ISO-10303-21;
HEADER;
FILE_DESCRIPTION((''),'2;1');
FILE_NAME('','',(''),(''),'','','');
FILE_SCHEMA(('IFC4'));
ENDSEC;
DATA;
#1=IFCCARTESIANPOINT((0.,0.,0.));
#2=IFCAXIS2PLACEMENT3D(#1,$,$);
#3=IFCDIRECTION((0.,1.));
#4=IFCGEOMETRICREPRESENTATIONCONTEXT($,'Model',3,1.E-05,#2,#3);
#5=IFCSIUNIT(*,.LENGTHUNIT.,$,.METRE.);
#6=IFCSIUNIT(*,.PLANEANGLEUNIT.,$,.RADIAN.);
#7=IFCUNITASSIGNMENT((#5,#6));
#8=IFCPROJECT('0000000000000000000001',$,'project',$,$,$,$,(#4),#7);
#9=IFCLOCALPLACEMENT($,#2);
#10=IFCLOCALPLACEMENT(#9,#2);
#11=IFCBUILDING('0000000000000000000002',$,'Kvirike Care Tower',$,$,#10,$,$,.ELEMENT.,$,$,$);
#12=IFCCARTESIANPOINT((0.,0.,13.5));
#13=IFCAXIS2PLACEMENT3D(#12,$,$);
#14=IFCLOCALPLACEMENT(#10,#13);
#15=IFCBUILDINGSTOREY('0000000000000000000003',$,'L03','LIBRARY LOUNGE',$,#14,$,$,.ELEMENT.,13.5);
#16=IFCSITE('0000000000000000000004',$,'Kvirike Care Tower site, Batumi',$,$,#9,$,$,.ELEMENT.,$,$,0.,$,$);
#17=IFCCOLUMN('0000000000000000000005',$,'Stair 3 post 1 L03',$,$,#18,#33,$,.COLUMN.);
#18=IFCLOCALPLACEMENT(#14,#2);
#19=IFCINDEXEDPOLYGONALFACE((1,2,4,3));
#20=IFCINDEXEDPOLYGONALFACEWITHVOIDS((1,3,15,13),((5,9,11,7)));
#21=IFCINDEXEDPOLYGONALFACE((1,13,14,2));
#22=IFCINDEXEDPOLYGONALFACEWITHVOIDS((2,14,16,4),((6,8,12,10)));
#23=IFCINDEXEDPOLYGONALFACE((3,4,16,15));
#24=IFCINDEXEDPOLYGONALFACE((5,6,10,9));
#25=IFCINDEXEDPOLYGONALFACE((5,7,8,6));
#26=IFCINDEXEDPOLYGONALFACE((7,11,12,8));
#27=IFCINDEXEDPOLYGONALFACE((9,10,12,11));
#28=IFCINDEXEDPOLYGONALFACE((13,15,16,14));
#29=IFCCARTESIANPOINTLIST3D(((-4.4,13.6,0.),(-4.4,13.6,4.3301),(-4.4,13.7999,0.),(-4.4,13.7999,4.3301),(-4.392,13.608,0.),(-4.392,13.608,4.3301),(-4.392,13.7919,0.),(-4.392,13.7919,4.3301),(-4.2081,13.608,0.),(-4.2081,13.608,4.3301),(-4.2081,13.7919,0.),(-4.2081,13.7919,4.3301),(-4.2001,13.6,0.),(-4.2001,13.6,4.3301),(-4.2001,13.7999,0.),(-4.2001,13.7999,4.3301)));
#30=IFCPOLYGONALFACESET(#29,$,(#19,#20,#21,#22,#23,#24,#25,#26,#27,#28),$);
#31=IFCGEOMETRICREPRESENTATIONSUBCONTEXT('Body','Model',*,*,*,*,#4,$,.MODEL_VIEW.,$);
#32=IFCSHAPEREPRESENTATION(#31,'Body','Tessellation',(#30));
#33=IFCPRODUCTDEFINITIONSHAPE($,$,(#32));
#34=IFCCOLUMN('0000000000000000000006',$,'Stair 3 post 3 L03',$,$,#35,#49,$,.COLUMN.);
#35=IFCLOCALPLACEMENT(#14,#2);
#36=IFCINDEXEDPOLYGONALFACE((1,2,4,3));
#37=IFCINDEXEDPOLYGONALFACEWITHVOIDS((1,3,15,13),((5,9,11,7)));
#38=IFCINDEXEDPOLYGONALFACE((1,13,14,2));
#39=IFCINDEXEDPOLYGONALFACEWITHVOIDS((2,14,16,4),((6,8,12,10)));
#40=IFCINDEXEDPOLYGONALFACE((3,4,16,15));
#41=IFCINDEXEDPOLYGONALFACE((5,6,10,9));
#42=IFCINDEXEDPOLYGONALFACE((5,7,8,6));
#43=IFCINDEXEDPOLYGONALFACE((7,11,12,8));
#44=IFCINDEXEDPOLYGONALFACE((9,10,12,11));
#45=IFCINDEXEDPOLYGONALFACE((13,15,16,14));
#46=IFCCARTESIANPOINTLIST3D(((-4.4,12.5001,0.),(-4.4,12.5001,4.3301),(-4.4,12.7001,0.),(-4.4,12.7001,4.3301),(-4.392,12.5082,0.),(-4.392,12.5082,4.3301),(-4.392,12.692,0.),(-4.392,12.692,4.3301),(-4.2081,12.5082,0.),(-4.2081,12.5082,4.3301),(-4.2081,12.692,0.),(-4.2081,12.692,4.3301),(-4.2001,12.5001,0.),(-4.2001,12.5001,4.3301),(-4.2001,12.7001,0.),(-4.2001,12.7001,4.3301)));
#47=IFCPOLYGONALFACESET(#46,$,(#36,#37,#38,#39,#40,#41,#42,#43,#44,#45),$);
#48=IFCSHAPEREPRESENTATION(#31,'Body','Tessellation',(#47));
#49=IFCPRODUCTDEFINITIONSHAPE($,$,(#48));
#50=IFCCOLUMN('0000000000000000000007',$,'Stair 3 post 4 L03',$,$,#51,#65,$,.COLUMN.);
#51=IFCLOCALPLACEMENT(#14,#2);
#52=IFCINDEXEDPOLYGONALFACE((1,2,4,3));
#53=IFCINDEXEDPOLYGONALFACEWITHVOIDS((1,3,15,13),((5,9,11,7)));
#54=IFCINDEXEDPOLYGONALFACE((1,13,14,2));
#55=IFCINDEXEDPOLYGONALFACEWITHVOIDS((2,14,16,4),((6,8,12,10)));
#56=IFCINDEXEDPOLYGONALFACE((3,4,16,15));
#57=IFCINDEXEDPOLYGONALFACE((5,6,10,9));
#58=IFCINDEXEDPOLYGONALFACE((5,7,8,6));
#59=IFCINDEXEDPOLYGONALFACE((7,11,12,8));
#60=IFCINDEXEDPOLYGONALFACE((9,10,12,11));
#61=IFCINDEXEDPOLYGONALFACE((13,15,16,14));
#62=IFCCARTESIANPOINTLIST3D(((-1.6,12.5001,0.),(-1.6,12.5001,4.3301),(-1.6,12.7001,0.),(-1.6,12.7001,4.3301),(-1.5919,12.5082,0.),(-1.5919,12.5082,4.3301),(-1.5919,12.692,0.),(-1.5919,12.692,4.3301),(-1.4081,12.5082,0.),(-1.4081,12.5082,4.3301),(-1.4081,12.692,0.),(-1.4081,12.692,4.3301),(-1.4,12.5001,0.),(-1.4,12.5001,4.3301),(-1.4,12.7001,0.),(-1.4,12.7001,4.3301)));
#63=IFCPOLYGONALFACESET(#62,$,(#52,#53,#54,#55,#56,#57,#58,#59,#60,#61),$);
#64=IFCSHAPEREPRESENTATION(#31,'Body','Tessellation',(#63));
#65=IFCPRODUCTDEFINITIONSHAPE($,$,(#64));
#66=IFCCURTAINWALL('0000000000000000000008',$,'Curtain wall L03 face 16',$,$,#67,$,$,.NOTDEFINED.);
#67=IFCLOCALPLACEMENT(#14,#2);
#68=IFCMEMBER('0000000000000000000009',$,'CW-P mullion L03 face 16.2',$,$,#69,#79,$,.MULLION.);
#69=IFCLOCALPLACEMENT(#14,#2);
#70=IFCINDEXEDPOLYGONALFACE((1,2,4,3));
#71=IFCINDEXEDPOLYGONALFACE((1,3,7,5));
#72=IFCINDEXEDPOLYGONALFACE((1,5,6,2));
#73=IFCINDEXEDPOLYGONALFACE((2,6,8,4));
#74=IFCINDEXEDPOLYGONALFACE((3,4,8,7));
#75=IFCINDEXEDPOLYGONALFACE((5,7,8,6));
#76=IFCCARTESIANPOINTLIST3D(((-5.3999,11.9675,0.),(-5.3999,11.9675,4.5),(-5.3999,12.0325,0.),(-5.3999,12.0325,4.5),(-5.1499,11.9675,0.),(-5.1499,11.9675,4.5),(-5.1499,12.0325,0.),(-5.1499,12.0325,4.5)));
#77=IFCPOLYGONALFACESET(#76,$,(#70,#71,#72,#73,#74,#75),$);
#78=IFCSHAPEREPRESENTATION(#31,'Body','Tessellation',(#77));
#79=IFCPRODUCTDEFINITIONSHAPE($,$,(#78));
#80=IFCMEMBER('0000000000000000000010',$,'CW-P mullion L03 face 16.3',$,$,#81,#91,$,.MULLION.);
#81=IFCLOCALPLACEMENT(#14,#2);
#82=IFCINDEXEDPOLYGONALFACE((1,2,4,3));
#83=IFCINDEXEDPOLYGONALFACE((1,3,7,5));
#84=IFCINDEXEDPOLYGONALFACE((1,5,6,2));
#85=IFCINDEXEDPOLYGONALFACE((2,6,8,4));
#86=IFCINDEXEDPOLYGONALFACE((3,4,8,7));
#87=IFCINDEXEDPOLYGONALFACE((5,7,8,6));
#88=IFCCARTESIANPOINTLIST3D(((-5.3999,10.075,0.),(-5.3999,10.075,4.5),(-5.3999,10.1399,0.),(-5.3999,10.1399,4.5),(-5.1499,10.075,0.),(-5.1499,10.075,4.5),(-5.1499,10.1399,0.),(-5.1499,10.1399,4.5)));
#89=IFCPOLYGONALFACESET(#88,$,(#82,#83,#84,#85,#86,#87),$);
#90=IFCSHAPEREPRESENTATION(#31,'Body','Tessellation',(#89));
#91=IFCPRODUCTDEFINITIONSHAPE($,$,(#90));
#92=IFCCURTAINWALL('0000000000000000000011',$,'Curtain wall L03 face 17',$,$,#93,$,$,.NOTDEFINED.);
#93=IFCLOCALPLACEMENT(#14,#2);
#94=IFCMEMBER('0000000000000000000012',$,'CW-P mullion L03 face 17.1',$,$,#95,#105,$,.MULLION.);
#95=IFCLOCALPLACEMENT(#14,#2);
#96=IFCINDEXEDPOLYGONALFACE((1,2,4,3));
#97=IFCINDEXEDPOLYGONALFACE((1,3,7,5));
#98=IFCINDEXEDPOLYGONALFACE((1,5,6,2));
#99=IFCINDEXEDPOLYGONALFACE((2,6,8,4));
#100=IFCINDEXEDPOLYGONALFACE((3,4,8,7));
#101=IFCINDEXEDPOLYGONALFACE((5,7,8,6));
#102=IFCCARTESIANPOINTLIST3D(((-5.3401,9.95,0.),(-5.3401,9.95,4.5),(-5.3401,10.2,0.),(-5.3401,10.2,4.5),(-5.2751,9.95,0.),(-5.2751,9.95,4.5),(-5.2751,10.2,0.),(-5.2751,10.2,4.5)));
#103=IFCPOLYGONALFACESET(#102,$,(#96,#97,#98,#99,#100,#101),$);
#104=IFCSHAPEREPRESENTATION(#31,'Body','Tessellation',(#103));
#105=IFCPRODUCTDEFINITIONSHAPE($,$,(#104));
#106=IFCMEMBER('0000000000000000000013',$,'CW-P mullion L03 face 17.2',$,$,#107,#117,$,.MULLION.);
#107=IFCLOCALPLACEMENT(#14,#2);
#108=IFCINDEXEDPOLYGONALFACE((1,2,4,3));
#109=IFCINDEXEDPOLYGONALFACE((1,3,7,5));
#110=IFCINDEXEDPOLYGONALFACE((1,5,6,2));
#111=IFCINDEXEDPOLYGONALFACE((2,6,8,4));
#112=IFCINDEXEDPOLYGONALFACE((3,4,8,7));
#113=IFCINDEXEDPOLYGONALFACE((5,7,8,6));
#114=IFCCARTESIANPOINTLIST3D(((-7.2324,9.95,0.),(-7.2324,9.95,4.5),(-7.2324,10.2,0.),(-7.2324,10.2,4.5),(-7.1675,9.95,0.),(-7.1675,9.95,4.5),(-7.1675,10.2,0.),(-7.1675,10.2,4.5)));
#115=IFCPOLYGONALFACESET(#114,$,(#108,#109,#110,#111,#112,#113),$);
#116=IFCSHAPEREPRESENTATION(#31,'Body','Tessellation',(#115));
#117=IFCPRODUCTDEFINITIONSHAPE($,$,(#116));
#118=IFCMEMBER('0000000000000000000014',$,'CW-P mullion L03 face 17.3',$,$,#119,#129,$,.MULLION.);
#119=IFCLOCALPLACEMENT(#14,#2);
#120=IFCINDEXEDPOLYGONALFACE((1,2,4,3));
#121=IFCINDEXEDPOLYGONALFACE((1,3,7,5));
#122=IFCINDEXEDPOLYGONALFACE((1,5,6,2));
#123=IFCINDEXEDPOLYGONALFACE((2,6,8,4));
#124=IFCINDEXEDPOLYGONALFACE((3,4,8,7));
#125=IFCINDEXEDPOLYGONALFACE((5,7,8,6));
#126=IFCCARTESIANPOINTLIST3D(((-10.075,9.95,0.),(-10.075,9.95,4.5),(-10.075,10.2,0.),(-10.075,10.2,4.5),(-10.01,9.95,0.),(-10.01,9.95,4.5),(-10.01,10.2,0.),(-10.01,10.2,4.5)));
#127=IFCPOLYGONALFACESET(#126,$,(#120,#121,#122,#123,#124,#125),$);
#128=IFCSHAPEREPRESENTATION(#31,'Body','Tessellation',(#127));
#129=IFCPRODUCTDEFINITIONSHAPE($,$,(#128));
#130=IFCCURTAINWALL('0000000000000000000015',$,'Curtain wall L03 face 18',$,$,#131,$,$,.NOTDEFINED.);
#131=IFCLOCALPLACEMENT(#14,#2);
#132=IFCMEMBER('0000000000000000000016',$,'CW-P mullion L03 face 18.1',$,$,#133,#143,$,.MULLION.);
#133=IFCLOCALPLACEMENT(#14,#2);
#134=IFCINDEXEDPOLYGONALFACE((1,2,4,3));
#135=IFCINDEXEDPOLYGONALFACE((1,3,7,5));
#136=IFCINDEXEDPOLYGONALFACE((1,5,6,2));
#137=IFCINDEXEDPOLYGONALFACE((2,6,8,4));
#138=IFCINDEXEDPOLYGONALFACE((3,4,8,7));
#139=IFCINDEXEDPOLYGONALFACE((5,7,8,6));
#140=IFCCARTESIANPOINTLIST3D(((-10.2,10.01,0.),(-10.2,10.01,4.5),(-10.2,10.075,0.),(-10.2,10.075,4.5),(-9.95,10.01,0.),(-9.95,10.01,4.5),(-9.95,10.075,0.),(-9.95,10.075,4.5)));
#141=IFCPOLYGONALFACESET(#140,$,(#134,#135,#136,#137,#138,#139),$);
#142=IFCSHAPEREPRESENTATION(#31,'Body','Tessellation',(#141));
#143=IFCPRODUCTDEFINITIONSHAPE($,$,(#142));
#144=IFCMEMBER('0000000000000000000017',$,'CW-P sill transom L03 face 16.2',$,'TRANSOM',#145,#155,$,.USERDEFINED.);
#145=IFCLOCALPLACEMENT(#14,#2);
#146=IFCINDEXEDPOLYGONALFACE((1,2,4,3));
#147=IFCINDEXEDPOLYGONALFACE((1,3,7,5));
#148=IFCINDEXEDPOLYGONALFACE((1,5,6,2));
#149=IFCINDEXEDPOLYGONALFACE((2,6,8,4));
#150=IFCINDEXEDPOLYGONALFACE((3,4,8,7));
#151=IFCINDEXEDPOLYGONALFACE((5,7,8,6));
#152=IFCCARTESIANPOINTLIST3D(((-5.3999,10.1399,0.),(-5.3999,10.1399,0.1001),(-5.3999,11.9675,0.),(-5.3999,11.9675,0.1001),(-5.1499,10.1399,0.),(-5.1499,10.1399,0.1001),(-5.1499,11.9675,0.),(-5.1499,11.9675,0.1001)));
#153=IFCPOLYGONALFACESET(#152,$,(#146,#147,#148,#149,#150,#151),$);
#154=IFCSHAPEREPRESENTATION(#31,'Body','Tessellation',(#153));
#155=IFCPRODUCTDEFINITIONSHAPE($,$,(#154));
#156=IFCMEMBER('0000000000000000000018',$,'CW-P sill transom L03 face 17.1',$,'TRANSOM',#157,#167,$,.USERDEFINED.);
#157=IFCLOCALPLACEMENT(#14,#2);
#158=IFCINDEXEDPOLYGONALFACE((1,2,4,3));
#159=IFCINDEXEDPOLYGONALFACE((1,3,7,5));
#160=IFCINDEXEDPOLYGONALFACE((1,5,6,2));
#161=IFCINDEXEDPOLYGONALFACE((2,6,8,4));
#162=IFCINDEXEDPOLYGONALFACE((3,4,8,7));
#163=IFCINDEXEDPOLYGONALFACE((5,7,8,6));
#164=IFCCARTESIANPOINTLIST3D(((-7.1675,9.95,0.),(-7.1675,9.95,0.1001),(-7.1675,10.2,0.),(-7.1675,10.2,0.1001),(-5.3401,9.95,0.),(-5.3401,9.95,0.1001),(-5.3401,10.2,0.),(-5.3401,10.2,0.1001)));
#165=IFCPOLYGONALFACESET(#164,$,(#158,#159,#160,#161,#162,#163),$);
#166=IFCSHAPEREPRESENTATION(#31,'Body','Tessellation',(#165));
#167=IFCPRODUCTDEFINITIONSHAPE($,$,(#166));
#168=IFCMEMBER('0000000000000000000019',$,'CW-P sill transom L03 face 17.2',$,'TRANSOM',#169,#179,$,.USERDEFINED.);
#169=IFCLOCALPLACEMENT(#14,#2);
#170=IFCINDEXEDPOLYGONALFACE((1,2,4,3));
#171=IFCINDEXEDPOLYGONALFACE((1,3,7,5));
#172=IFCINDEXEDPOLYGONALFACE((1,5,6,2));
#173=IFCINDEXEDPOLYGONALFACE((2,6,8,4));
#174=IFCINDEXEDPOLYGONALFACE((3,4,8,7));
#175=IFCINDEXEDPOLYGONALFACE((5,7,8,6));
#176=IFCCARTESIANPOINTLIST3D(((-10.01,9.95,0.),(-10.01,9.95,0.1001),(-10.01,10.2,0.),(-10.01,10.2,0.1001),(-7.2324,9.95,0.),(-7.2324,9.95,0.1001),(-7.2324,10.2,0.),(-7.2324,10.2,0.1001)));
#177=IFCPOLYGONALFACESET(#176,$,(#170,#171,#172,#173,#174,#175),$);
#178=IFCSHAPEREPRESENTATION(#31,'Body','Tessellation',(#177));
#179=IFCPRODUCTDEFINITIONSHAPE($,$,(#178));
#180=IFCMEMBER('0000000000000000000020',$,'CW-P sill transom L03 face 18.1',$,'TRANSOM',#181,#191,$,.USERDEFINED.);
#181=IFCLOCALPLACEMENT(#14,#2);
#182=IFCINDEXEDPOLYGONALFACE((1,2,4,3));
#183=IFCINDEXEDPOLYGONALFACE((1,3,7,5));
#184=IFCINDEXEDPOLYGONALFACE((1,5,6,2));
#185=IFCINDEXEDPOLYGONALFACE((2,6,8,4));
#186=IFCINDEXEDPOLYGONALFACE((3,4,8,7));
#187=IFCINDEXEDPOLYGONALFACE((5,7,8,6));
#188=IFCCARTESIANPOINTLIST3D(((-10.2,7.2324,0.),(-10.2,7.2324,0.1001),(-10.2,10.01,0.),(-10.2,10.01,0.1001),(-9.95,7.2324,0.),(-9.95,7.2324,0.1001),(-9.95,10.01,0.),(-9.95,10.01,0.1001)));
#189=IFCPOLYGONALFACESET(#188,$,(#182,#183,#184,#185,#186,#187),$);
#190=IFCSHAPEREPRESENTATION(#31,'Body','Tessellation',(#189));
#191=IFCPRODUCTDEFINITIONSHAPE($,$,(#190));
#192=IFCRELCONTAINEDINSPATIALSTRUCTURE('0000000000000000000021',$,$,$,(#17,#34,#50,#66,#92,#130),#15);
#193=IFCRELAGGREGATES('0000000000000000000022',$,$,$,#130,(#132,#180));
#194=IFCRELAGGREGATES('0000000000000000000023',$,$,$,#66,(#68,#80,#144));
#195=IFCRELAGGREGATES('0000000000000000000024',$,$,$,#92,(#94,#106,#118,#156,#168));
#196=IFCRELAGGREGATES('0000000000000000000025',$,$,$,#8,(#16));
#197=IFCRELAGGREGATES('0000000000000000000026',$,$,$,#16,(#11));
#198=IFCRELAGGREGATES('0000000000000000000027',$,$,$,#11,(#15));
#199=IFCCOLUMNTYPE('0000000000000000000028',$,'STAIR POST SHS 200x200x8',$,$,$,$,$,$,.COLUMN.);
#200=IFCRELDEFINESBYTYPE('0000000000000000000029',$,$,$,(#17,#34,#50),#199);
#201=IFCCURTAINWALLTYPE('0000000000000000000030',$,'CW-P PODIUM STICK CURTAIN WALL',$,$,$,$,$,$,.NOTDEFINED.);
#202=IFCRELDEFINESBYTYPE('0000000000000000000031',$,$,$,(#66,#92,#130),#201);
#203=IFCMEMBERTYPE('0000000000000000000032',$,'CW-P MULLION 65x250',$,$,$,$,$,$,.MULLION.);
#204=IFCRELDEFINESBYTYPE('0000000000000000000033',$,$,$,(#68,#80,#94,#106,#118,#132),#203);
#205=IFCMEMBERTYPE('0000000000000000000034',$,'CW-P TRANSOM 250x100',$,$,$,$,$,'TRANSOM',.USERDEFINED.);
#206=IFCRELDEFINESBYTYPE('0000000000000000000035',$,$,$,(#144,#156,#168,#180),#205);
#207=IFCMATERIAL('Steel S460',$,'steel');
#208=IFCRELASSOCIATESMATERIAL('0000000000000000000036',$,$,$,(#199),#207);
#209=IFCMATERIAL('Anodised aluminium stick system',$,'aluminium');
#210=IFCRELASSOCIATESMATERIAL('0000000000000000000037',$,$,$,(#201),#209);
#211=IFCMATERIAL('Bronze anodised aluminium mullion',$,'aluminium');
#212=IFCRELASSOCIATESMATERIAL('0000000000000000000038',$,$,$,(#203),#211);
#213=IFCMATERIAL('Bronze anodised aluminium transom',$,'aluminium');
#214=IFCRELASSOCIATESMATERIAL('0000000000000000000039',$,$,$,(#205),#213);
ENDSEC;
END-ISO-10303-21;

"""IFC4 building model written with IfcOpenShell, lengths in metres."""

from ifc_helpers import new_model, si_unit, direction, frame, origin, origin_2d, place, context, subcontext, project, spatial, rectangle, hollow_rectangle, extrude, material, material_profile, profile_set, type_object, element, aggregate, save


model = new_model("IFC4")

# Units and contexts
model_context = context("Model", 3, precision=1e-05, world=origin(), true_north=direction((0.0, 1.0)))
body_context = subcontext(model_context, "Body", "Model", "MODEL_VIEW")
ifc_project = project(units=[si_unit("LENGTHUNIT", "METRE"), si_unit("PLANEANGLEUNIT", "RADIAN")], contexts=[model_context])

# Site, building, storey
site_placement = place(None, origin())
site = spatial("IfcSite", under=ifc_project, at=site_placement, Name="Kvirike Care Tower site, Batumi", CompositionType="ELEMENT", RefElevation=0.0)
building_placement = place(site_placement, origin())
building = spatial("IfcBuilding", under=site, at=building_placement, Name="Kvirike Care Tower", CompositionType="ELEMENT")
storey_placement = place(building_placement, frame((0.0, 0.0, 13.5)))
storey = spatial("IfcBuildingStorey", under=building, at=storey_placement, Name="L03", Description="LIBRARY LOUNGE", CompositionType="ELEMENT", Elevation=13.5)

# Columns
ifc_material_1 = material(Name="Steel S460", Category="steel")
ifc_material_profile_1 = material_profile(ifc_material_1, hollow_rectangle(XDim=0.2, YDim=0.2, WallThickness=0.0081, at=origin_2d()), Name="SHS 200x200x8")
ifc_profile_set_1 = profile_set([ifc_material_profile_1], Name="Steel S460")
column_type = type_object("IfcColumnType", Name="STAIR POST SHS 200x200x8", PredefinedType="COLUMN", material=ifc_profile_set_1)
for number, where, z_axis, x_axis, name in (
    (1, (-4.3, 13.7, 0.0), (0.0, 0.0, 1.0), (1.0, 0.0, 0.0), "Stair 3 post 1 L03"),
    (2, (-4.3, 12.6001, 0.0), (0.0, 0.0, 1.0), (1.0, 0.0, 0.0), "Stair 3 post 3 L03"),
    (3, (-1.5, 12.6001, 0.0), (0.0, 0.0, 1.0), (1.0, 0.0, 0.0), "Stair 3 post 4 L03"),
):
    element("IfcColumn", number, at=place(storey_placement, frame(where, z_axis=z_axis, x_axis=x_axis)), inside=storey, type_object=column_type, Name=name, PredefinedType="COLUMN", context=body_context, shape_type="SweptSolid", body=[
        extrude(hollow_rectangle(XDim=0.2, YDim=0.2, WallThickness=0.0081, at=origin_2d()), origin(), (0.0, 0.0, 1.0), 4.3301),
    ])

# Curtain walls, members
ifc_material_2 = material(Name="Anodised aluminium stick system", Category="aluminium")
curtain_wall_type = type_object("IfcCurtainWallType", Name="CW-P PODIUM STICK CURTAIN WALL", PredefinedType="NOTDEFINED", material=ifc_material_2)
curtain_wall_1_placement = place(storey_placement, origin())
curtain_wall_1 = element("IfcCurtainWall", 4, at=curtain_wall_1_placement, inside=storey, type_object=curtain_wall_type, Name="Curtain wall L03 face 16", PredefinedType="NOTDEFINED")
ifc_material_3 = material(Name="Bronze anodised aluminium mullion", Category="aluminium")
ifc_material_profile_2 = material_profile(ifc_material_3, rectangle(XDim=0.0649, YDim=0.25, at=origin_2d()), Name="CW-P MULLION 65x250")
ifc_profile_set_2 = profile_set([ifc_material_profile_2], Name="Bronze anodised aluminium mullion")
member_type_1 = type_object("IfcMemberType", Name="CW-P MULLION 65x250", PredefinedType="MULLION", material=ifc_profile_set_2)
member_1_placement = place(storey_placement, frame((-5.2749, 12.0, 0.0), z_axis=(0.0, 0.0, 1.0), x_axis=(0.0, -1.0, 0.0)))
member_1 = element("IfcMember", 5, at=member_1_placement, type_object=member_type_1, Name="CW-P mullion L03 face 16.2", PredefinedType="MULLION", context=body_context, shape_type="SweptSolid", body=[
    extrude(rectangle(XDim=0.0649, YDim=0.25, at=origin_2d()), origin(), (0.0, 0.0, 1.0), 4.5),
])
member_2_placement = place(storey_placement, frame((-5.2749, 10.1074, 0.0), z_axis=(0.0, 0.0, 1.0), x_axis=(0.0, -1.0, 0.0)))
member_2 = element("IfcMember", 6, at=member_2_placement, type_object=member_type_1, Name="CW-P mullion L03 face 16.3", PredefinedType="MULLION", context=body_context, shape_type="SweptSolid", body=[
    extrude(rectangle(XDim=0.0649, YDim=0.25, at=origin_2d()), origin(), (0.0, 0.0, 1.0), 4.5),
])
curtain_wall_2_placement = place(storey_placement, origin())
curtain_wall_2 = element("IfcCurtainWall", 7, at=curtain_wall_2_placement, inside=storey, type_object=curtain_wall_type, Name="Curtain wall L03 face 17", PredefinedType="NOTDEFINED")
member_3_placement = place(storey_placement, frame((-5.3076, 10.075, 0.0), z_axis=(0.0, 0.0, 1.0), x_axis=(-1.0, 0.0, 0.0)))
member_3 = element("IfcMember", 8, at=member_3_placement, type_object=member_type_1, Name="CW-P mullion L03 face 17.1", PredefinedType="MULLION", context=body_context, shape_type="SweptSolid", body=[
    extrude(rectangle(XDim=0.0649, YDim=0.25, at=origin_2d()), origin(), (0.0, 0.0, 1.0), 4.5),
])
member_4_placement = place(storey_placement, frame((-7.2, 10.075, 0.0), z_axis=(0.0, 0.0, 1.0), x_axis=(-1.0, 0.0, 0.0)))
member_4 = element("IfcMember", 9, at=member_4_placement, type_object=member_type_1, Name="CW-P mullion L03 face 17.2", PredefinedType="MULLION", context=body_context, shape_type="SweptSolid", body=[
    extrude(rectangle(XDim=0.0649, YDim=0.25, at=origin_2d()), origin(), (0.0, 0.0, 1.0), 4.5),
])
member_5_placement = place(storey_placement, frame((-10.0425, 10.075, 0.0), z_axis=(0.0, 0.0, 1.0), x_axis=(-1.0, 0.0, 0.0)))
member_5 = element("IfcMember", 10, at=member_5_placement, type_object=member_type_1, Name="CW-P mullion L03 face 17.3", PredefinedType="MULLION", context=body_context, shape_type="SweptSolid", body=[
    extrude(rectangle(XDim=0.0649, YDim=0.25, at=origin_2d()), origin(), (0.0, 0.0, 1.0), 4.5),
])

# Curtain wall, member
curtain_wall_3_placement = place(storey_placement, origin())
curtain_wall_3 = element("IfcCurtainWall", 11, at=curtain_wall_3_placement, inside=storey, type_object=curtain_wall_type, Name="Curtain wall L03 face 18", PredefinedType="NOTDEFINED")
member_6_placement = place(storey_placement, frame((-10.075, 10.0425, 0.0), z_axis=(0.0, 0.0, 1.0), x_axis=(0.0, -1.0, 0.0)))
member_6 = element("IfcMember", 12, at=member_6_placement, type_object=member_type_1, Name="CW-P mullion L03 face 18.1", PredefinedType="MULLION", context=body_context, shape_type="SweptSolid", body=[
    extrude(rectangle(XDim=0.0649, YDim=0.25, at=origin_2d()), origin(), (0.0, 0.0, 1.0), 4.5),
])

# Members
ifc_material_4 = material(Name="Bronze anodised aluminium transom", Category="aluminium")
ifc_material_profile_3 = material_profile(ifc_material_4, rectangle(XDim=0.25, YDim=0.1001, at=origin_2d()), Name="CW-P TRANSOM 250x100")
ifc_profile_set_3 = profile_set([ifc_material_profile_3], Name="Bronze anodised aluminium transom")
member_type_2 = type_object("IfcMemberType", Name="CW-P TRANSOM 250x100", ElementType="TRANSOM", PredefinedType="USERDEFINED", material=ifc_profile_set_3)
member_7_placement = place(storey_placement, frame((-5.2749, 11.9675, 0.05), z_axis=(0.0, -1.0, 0.0), x_axis=(1.0, 0.0, 0.0)))
member_7 = element("IfcMember", 13, at=member_7_placement, type_object=member_type_2, Name="CW-P sill transom L03 face 16.2", ObjectType="TRANSOM", PredefinedType="USERDEFINED", context=body_context, shape_type="SweptSolid", body=[
    extrude(rectangle(XDim=0.25, YDim=0.1001, at=origin_2d()), origin(), (0.0, 0.0, 1.0), 1.8276),
])
member_8_placement = place(storey_placement, frame((-5.3401, 10.075, 0.05), z_axis=(-1.0, 0.0, 0.0), x_axis=(0.0, -1.0, 0.0)))
member_8 = element("IfcMember", 14, at=member_8_placement, type_object=member_type_2, Name="CW-P sill transom L03 face 17.1", ObjectType="TRANSOM", PredefinedType="USERDEFINED", context=body_context, shape_type="SweptSolid", body=[
    extrude(rectangle(XDim=0.25, YDim=0.1001, at=origin_2d()), origin(), (0.0, 0.0, 1.0), 1.8274),
])
member_9_placement = place(storey_placement, frame((-7.2324, 10.075, 0.05), z_axis=(-1.0, 0.0, 0.0), x_axis=(0.0, -1.0, 0.0)))
member_9 = element("IfcMember", 15, at=member_9_placement, type_object=member_type_2, Name="CW-P sill transom L03 face 17.2", ObjectType="TRANSOM", PredefinedType="USERDEFINED", context=body_context, shape_type="SweptSolid", body=[
    extrude(rectangle(XDim=0.25, YDim=0.1001, at=origin_2d()), origin(), (0.0, 0.0, 1.0), 2.7776),
])
member_10_placement = place(storey_placement, frame((-10.075, 10.01, 0.05), z_axis=(0.0, -1.0, 0.0), x_axis=(1.0, 0.0, 0.0)))
member_10 = element("IfcMember", 16, at=member_10_placement, type_object=member_type_2, Name="CW-P sill transom L03 face 18.1", ObjectType="TRANSOM", PredefinedType="USERDEFINED", context=body_context, shape_type="SweptSolid", body=[
    extrude(rectangle(XDim=0.25, YDim=0.1001, at=origin_2d()), origin(), (0.0, 0.0, 1.0), 2.7776),
])
aggregate(curtain_wall_3, [member_6, member_10])

aggregate(curtain_wall_1, [member_1, member_2, member_7])
aggregate(curtain_wall_2, [member_3, member_4, member_5, member_8, member_9])

save(model, "model.ifc")
